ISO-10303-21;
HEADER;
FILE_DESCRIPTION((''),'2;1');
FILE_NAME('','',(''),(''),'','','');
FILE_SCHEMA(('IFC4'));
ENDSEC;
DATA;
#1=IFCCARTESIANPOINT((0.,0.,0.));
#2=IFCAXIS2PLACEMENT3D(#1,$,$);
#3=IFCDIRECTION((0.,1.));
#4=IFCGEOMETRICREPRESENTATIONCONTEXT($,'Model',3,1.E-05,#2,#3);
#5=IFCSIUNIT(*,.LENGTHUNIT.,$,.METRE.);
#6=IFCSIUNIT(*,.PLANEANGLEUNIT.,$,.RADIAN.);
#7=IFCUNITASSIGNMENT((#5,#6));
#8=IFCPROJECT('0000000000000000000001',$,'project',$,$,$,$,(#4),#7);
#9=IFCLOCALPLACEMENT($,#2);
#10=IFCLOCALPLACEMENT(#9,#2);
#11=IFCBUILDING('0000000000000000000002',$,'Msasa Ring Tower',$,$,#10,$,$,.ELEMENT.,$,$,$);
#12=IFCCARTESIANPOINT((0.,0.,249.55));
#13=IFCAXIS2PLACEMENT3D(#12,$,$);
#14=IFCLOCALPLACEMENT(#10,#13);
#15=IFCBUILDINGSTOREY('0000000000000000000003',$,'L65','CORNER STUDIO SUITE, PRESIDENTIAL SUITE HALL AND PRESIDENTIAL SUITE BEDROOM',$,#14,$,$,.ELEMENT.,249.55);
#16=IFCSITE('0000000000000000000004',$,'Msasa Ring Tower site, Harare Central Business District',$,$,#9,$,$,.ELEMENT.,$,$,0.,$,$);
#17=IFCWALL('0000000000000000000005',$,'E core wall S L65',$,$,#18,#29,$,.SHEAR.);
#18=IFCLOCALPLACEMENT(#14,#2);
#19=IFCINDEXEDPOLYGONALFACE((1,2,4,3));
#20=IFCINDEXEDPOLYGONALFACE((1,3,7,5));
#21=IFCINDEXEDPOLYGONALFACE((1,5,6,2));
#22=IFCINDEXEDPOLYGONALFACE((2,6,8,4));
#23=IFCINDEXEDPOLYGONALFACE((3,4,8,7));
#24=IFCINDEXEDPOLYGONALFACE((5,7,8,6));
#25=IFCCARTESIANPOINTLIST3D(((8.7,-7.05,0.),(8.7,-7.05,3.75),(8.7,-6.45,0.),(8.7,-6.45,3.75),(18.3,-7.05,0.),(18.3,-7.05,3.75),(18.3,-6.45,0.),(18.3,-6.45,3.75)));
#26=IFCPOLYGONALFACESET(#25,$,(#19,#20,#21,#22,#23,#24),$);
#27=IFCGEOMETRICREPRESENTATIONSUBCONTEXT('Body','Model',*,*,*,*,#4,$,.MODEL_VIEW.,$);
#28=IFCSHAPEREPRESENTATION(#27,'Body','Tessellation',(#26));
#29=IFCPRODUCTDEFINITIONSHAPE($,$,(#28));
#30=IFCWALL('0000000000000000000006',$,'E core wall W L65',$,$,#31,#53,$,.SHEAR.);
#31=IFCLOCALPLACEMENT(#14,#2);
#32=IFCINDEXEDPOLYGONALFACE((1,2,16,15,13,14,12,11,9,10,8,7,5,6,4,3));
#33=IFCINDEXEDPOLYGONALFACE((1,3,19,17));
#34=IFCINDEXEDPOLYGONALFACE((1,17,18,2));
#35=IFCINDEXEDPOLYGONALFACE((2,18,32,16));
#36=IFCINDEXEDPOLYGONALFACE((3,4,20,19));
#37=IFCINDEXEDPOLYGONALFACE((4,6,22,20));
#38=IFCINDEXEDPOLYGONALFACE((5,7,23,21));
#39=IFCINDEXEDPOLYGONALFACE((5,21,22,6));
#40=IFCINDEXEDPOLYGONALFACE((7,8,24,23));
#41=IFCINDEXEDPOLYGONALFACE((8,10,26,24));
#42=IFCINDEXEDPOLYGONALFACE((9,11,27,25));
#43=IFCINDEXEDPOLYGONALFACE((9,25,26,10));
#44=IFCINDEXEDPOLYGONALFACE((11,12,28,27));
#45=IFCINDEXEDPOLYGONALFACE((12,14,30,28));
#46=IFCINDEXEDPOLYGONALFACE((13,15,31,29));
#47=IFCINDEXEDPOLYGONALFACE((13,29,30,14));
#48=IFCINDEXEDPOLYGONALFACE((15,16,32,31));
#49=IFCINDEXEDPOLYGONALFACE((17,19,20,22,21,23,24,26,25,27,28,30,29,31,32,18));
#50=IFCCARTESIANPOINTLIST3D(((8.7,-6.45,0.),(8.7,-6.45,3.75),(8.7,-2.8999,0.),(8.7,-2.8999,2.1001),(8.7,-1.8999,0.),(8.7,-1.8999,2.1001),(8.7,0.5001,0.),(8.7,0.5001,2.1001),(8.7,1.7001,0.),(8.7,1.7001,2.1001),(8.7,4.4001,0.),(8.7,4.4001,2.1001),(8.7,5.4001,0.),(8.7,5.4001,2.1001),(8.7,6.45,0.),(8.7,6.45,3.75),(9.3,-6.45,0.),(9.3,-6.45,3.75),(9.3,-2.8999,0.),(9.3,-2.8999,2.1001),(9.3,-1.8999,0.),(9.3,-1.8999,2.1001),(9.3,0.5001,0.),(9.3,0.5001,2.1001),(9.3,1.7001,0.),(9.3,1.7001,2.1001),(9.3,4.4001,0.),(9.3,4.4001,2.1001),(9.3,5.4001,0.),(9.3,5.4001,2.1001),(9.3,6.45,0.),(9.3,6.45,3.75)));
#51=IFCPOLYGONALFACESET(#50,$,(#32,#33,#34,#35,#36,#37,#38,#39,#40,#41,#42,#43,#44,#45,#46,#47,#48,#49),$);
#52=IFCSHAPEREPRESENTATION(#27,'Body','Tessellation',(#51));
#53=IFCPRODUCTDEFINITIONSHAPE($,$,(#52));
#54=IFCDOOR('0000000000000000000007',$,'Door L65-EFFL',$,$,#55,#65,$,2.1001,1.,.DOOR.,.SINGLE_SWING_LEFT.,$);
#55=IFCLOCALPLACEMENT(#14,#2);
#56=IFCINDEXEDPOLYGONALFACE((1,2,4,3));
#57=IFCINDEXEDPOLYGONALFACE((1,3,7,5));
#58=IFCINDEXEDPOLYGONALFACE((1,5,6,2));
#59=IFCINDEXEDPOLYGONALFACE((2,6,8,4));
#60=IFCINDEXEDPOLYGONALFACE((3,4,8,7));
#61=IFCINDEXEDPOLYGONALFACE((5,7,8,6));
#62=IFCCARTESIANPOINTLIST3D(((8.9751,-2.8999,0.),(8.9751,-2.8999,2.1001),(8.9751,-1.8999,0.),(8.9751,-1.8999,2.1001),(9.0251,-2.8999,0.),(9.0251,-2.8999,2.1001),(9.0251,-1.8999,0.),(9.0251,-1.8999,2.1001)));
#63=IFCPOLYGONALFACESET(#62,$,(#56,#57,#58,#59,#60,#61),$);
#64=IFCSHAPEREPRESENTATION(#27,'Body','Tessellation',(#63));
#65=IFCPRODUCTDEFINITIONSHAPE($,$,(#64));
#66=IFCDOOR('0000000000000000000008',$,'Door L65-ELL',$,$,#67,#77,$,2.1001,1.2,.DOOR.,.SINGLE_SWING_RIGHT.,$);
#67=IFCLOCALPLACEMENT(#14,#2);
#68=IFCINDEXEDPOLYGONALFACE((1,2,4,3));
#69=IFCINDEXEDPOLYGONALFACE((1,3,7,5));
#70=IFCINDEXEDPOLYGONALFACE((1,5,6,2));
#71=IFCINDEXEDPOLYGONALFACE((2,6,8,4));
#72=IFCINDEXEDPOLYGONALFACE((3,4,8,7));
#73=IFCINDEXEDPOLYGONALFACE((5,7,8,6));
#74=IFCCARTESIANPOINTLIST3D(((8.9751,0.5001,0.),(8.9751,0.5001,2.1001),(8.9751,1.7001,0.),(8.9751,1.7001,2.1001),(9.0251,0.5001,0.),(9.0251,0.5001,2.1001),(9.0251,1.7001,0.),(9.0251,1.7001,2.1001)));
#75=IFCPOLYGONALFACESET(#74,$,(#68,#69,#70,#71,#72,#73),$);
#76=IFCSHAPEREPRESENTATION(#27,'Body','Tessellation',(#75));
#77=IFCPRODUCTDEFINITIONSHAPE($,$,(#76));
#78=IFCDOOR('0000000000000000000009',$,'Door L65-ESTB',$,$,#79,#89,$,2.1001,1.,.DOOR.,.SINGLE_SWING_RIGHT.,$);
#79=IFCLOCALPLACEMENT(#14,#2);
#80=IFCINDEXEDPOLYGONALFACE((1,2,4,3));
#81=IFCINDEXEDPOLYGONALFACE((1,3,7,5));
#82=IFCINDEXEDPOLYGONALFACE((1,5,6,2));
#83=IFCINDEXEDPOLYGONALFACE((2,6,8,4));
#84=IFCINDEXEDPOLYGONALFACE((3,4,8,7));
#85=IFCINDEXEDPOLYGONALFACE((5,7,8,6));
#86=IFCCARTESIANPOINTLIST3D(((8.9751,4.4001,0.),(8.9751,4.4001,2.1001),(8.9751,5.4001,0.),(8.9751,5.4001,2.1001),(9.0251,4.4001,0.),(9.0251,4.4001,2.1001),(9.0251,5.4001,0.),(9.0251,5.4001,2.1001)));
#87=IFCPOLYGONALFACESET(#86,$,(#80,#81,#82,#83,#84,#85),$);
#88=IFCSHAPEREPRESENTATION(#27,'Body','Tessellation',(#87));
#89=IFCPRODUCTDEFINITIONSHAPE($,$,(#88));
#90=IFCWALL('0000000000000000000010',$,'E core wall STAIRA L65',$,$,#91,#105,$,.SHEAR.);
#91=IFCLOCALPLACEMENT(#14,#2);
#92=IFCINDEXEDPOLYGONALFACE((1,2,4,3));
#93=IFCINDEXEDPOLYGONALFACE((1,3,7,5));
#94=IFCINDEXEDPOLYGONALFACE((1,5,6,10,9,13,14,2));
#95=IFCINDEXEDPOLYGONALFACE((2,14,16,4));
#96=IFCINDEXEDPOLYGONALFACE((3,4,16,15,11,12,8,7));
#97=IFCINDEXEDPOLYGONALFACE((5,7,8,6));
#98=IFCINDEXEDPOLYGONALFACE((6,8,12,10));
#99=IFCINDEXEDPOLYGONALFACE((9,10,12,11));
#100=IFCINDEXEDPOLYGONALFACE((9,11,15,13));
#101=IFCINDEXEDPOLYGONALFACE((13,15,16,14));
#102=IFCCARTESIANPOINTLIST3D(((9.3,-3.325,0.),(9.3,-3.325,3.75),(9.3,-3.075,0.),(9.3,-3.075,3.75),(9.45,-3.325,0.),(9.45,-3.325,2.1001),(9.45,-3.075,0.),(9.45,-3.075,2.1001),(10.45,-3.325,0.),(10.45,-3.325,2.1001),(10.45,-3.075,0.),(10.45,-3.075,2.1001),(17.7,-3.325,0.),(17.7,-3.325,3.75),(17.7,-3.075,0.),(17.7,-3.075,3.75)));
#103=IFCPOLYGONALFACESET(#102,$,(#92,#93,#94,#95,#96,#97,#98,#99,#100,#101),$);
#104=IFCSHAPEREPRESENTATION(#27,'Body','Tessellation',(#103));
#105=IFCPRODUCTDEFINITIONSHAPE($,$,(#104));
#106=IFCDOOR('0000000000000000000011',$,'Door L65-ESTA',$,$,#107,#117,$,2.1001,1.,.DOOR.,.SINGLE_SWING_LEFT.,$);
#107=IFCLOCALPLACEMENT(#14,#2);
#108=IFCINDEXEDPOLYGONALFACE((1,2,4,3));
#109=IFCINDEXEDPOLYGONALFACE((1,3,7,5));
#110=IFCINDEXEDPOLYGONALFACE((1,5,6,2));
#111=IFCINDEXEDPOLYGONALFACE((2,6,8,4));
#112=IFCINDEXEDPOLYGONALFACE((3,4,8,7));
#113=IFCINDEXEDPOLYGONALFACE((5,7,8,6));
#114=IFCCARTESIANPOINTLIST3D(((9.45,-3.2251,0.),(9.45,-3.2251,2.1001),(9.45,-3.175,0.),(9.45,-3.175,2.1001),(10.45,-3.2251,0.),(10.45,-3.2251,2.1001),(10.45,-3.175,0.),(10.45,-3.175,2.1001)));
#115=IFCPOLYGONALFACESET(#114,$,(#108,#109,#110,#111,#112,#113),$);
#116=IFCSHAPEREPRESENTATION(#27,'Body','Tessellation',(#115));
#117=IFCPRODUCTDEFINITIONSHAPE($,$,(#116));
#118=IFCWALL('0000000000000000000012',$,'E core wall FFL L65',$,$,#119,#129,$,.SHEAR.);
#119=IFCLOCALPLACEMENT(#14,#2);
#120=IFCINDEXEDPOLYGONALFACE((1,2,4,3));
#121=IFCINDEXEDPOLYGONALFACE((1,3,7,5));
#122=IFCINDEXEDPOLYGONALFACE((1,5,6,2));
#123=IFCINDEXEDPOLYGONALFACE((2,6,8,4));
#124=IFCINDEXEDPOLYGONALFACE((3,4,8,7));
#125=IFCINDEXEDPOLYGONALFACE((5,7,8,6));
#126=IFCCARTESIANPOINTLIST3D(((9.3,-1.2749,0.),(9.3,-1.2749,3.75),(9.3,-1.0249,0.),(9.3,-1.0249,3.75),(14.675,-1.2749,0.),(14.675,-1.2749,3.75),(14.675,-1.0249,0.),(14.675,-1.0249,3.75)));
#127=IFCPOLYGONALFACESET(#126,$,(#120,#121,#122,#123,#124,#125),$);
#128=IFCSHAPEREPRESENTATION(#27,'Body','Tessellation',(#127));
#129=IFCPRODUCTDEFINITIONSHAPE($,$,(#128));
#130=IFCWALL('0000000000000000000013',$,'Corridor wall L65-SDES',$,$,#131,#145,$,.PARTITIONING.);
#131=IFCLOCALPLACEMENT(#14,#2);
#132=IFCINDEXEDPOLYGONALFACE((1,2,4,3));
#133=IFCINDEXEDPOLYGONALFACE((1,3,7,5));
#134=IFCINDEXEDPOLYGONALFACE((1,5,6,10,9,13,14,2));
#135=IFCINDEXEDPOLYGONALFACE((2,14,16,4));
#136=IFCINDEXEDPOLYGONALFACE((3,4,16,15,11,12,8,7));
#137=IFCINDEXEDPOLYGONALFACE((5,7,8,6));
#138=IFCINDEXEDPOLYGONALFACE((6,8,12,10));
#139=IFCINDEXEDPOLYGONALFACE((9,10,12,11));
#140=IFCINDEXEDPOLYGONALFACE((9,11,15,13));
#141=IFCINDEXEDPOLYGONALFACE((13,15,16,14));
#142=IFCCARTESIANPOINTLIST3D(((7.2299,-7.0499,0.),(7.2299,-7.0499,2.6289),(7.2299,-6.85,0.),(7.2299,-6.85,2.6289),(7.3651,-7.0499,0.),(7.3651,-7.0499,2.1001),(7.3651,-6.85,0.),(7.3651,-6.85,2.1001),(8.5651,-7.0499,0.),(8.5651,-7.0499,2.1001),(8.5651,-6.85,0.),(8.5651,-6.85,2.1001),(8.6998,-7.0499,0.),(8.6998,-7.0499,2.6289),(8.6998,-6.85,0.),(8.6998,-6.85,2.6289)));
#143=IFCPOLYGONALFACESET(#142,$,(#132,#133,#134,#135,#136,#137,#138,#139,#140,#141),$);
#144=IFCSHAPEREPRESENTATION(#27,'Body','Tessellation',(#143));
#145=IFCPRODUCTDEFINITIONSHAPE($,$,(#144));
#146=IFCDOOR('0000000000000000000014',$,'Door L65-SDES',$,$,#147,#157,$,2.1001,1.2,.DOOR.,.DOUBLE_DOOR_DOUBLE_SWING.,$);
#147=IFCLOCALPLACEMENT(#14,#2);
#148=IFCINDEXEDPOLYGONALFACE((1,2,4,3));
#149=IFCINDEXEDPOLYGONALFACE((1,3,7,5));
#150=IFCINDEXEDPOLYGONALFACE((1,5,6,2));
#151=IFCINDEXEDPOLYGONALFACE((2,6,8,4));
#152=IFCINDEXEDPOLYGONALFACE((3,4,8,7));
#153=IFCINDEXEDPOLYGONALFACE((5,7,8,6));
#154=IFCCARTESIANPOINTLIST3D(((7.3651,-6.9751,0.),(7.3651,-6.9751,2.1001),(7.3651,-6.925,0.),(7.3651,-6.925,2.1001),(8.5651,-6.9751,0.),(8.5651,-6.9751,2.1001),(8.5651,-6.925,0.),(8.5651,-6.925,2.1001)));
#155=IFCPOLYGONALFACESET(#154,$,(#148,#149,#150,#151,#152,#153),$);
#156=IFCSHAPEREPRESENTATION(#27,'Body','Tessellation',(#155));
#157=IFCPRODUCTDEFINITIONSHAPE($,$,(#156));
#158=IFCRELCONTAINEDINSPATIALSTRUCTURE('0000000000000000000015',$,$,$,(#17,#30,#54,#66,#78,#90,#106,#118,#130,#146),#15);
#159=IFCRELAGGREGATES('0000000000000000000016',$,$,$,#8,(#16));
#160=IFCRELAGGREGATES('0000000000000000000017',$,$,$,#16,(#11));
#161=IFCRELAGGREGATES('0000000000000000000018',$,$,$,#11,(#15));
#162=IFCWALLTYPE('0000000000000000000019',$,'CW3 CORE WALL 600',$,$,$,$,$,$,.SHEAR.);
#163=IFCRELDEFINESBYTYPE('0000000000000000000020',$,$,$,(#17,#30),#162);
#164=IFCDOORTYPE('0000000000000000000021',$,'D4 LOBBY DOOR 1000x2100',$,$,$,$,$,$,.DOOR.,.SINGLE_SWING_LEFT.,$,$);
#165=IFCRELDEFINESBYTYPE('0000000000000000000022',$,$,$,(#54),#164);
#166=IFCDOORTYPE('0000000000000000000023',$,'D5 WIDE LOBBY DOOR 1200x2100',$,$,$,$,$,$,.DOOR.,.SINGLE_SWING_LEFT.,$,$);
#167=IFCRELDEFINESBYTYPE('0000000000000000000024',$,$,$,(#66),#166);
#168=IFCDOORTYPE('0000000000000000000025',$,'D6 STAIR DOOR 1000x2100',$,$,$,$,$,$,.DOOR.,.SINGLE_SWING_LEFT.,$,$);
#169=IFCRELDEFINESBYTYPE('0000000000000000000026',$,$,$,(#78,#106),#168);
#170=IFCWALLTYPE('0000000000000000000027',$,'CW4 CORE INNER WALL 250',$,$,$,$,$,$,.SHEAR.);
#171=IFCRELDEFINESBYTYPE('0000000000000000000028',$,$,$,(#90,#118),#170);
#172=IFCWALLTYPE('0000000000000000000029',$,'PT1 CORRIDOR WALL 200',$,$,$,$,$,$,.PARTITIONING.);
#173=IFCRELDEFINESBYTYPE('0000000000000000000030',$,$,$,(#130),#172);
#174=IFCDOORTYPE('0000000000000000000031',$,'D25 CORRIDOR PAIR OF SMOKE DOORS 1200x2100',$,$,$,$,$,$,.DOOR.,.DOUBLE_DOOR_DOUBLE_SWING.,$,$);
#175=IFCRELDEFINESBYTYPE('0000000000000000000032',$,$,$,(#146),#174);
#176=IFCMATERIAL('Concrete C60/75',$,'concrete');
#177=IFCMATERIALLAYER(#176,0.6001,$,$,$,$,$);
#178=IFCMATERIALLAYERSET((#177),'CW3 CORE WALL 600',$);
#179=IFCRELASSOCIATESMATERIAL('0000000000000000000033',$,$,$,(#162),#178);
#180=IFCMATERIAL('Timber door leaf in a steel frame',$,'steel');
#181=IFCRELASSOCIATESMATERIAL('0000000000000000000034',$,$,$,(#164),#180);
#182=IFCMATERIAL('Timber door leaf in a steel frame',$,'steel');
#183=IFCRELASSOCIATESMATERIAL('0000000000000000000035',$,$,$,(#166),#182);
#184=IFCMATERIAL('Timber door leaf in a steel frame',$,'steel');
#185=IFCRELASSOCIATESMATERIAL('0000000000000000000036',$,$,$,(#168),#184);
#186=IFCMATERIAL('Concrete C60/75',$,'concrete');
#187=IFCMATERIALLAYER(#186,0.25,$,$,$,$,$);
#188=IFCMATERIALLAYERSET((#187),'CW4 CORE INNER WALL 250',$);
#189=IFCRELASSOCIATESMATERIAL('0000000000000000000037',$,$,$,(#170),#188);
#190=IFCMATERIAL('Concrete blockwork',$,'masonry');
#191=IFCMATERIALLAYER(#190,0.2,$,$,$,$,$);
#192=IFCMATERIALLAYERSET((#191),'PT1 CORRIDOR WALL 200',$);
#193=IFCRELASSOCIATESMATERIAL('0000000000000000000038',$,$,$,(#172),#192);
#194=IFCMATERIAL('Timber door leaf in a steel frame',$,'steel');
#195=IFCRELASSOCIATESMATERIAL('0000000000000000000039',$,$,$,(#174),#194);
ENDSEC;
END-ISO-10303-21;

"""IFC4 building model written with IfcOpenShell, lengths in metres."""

from ifc_helpers import new_model, si_unit, direction, frame, frame_2d, origin, place, context, subcontext, project, spatial, rectangle, extrude, material, layer, layer_set, type_object, element, fill, save


model = new_model("IFC4")

# Units and contexts
model_context = context("Model", 3, precision=1e-05, world=origin(), true_north=direction((0.0, 1.0)))
body_context = subcontext(model_context, "Body", "Model", "MODEL_VIEW")
ifc_project = project(units=[si_unit("LENGTHUNIT", "METRE"), si_unit("PLANEANGLEUNIT", "RADIAN")], contexts=[model_context])

# Site, building, storey
site_placement = place(None, origin())
site = spatial("IfcSite", under=ifc_project, at=site_placement, Name="Msasa Ring Tower site, Harare Central Business District", CompositionType="ELEMENT", RefElevation=0.0)
building_placement = place(site_placement, origin())
building = spatial("IfcBuilding", under=site, at=building_placement, Name="Msasa Ring Tower", CompositionType="ELEMENT")
storey_placement = place(building_placement, frame((0.0, 0.0, 249.55)))
storey = spatial("IfcBuildingStorey", under=building, at=storey_placement, Name="L65", Description="CORNER STUDIO SUITE, PRESIDENTIAL SUITE HALL AND PRESIDENTIAL SUITE BEDROOM", CompositionType="ELEMENT", Elevation=249.55)

# Wall
ifc_material_1 = material(Name="Concrete C60/75", Category="concrete")
ifc_layer_1 = layer(ifc_material_1, 0.6001)
ifc_layer_set_1 = layer_set([ifc_layer_1], Name="CW3 CORE WALL 600")
wall_type_1 = type_object("IfcWallType", Name="CW3 CORE WALL 600", PredefinedType="SHEAR", material=ifc_layer_set_1)
wall_1_placement = place(storey_placement, frame((8.7, -6.75, 0.0), z_axis=(0.0, 0.0, 1.0), x_axis=(1.0, 0.0, 0.0)))
element("IfcWall", 1, at=wall_1_placement, inside=storey, type_object=wall_type_1, Name="E core wall S L65", PredefinedType="SHEAR", context=body_context, shape_type="SweptSolid", body=[
    extrude(rectangle(XDim=9.6001, YDim=0.6001, at=frame_2d((4.8, 0.0))), origin(), (0.0, 0.0, 1.0), 3.75),
])

# Wall, openings, doors
wall_2_placement = place(storey_placement, frame((9.0, -6.45, 0.0), z_axis=(0.0, 0.0, 1.0), x_axis=(0.0, 1.0, 0.0)))
wall_2 = element("IfcWall", 2, at=wall_2_placement, inside=storey, type_object=wall_type_1, Name="E core wall W L65", PredefinedType="SHEAR", context=body_context, shape_type="SweptSolid", body=[
    extrude(rectangle(XDim=12.8999, YDim=0.6001, at=frame_2d((6.45, 0.0))), origin(), (0.0, 0.0, 1.0), 3.75),
])
opening_1_placement = place(wall_2_placement, frame((3.55, 0.0, 0.0)))
opening_1 = element("IfcOpeningElement", 3, at=opening_1_placement, cuts=wall_2, PredefinedType="OPENING", context=body_context, shape_type="SweptSolid", body=[
    extrude(rectangle(XDim=1.0, YDim=2.1001, at=frame_2d((0.5, 1.05))), frame((0.0, 0.3101, 0.0), z_axis=(0.0, -1.0, 0.0), x_axis=(1.0, 0.0, 0.0)), (0.0, 0.0, 1.0), 0.6201),
])
opening_2_placement = place(wall_2_placement, frame((6.95, 0.0, 0.0)))
opening_2 = element("IfcOpeningElement", 4, at=opening_2_placement, cuts=wall_2, PredefinedType="OPENING", context=body_context, shape_type="SweptSolid", body=[
    extrude(rectangle(XDim=1.2, YDim=2.1001, at=frame_2d((0.6001, 1.05))), frame((0.0, 0.3101, 0.0), z_axis=(0.0, -1.0, 0.0), x_axis=(1.0, 0.0, 0.0)), (0.0, 0.0, 1.0), 0.6201),
])
opening_3_placement = place(wall_2_placement, frame((10.8501, 0.0, 0.0)))
opening_3 = element("IfcOpeningElement", 5, at=opening_3_placement, cuts=wall_2, PredefinedType="OPENING", context=body_context, shape_type="SweptSolid", body=[
    extrude(rectangle(XDim=1.0, YDim=2.1001, at=frame_2d((0.5, 1.05))), frame((0.0, 0.3101, 0.0), z_axis=(0.0, -1.0, 0.0), x_axis=(1.0, 0.0, 0.0)), (0.0, 0.0, 1.0), 0.6201),
])
ifc_material_2 = material(Name="Timber door leaf in a steel frame", Category="steel")
door_type_1 = type_object("IfcDoorType", Name="D4 LOBBY DOOR 1000x2100", OperationType="SINGLE_SWING_LEFT", PredefinedType="DOOR", material=ifc_material_2)
door_1_placement = place(opening_1_placement, origin())
door_1 = element("IfcDoor", 6, at=door_1_placement, inside=storey, type_object=door_type_1, Name="Door L65-EFFL", OperationType="SINGLE_SWING_LEFT", OverallHeight=2.1001, OverallWidth=1.0, PredefinedType="DOOR", context=body_context, shape_type="SweptSolid", body=[
    extrude(rectangle(XDim=1.0, YDim=2.1001, at=frame_2d((0.5, 1.05))), frame((0.0, 0.0249, 0.0), z_axis=(0.0, -1.0, 0.0), x_axis=(1.0, 0.0, 0.0)), (0.0, 0.0, 1.0), 0.05),
])
fill(opening_1, door_1)
ifc_material_3 = material(Name="Timber door leaf in a steel frame", Category="steel")
door_type_2 = type_object("IfcDoorType", Name="D5 WIDE LOBBY DOOR 1200x2100", OperationType="SINGLE_SWING_LEFT", PredefinedType="DOOR", material=ifc_material_3)
door_2_placement = place(opening_2_placement, origin())
door_2 = element("IfcDoor", 7, at=door_2_placement, inside=storey, type_object=door_type_2, Name="Door L65-ELL", OperationType="SINGLE_SWING_RIGHT", OverallHeight=2.1001, OverallWidth=1.2, PredefinedType="DOOR", context=body_context, shape_type="SweptSolid", body=[
    extrude(rectangle(XDim=1.2, YDim=2.1001, at=frame_2d((0.6001, 1.05))), frame((0.0, 0.0249, 0.0), z_axis=(0.0, -1.0, 0.0), x_axis=(1.0, 0.0, 0.0)), (0.0, 0.0, 1.0), 0.05),
])
fill(opening_2, door_2)
ifc_material_4 = material(Name="Timber door leaf in a steel frame", Category="steel")
door_type_3 = type_object("IfcDoorType", Name="D6 STAIR DOOR 1000x2100", OperationType="SINGLE_SWING_LEFT", PredefinedType="DOOR", material=ifc_material_4)
door_3_placement = place(opening_3_placement, origin())
door_3 = element("IfcDoor", 8, at=door_3_placement, inside=storey, type_object=door_type_3, Name="Door L65-ESTB", OperationType="SINGLE_SWING_RIGHT", OverallHeight=2.1001, OverallWidth=1.0, PredefinedType="DOOR", context=body_context, shape_type="SweptSolid", body=[
    extrude(rectangle(XDim=1.0, YDim=2.1001, at=frame_2d((0.5, 1.05))), frame((0.0, 0.0249, 0.0), z_axis=(0.0, -1.0, 0.0), x_axis=(1.0, 0.0, 0.0)), (0.0, 0.0, 1.0), 0.05),
])
fill(opening_3, door_3)

# Wall, opening, door
ifc_material_5 = material(Name="Concrete C60/75", Category="concrete")
ifc_layer_2 = layer(ifc_material_5, 0.25)
ifc_layer_set_2 = layer_set([ifc_layer_2], Name="CW4 CORE INNER WALL 250")
wall_type_2 = type_object("IfcWallType", Name="CW4 CORE INNER WALL 250", PredefinedType="SHEAR", material=ifc_layer_set_2)
wall_3_placement = place(storey_placement, frame((9.3, -3.2, 0.0), z_axis=(0.0, 0.0, 1.0), x_axis=(1.0, 0.0, 0.0)))
wall_3 = element("IfcWall", 9, at=wall_3_placement, inside=storey, type_object=wall_type_2, Name="E core wall STAIRA L65", PredefinedType="SHEAR", context=body_context, shape_type="SweptSolid", body=[
    extrude(rectangle(XDim=8.3999, YDim=0.25, at=frame_2d((4.2, 0.0))), origin(), (0.0, 0.0, 1.0), 3.75),
])
opening_4_placement = place(wall_3_placement, frame((0.1499, 0.0, 0.0)))
opening_4 = element("IfcOpeningElement", 10, at=opening_4_placement, cuts=wall_3, PredefinedType="OPENING", context=body_context, shape_type="SweptSolid", body=[
    extrude(rectangle(XDim=1.0, YDim=2.1001, at=frame_2d((0.5, 1.05))), frame((0.0, 0.135, 0.0), z_axis=(0.0, -1.0, 0.0), x_axis=(1.0, 0.0, 0.0)), (0.0, 0.0, 1.0), 0.27),
])
door_4_placement = place(opening_4_placement, origin())
door_4 = element("IfcDoor", 11, at=door_4_placement, inside=storey, type_object=door_type_3, Name="Door L65-ESTA", OperationType="SINGLE_SWING_LEFT", OverallHeight=2.1001, OverallWidth=1.0, PredefinedType="DOOR", context=body_context, shape_type="SweptSolid", body=[
    extrude(rectangle(XDim=1.0, YDim=2.1001, at=frame_2d((0.5, 1.05))), frame((0.0, 0.0249, 0.0), z_axis=(0.0, -1.0, 0.0), x_axis=(1.0, 0.0, 0.0)), (0.0, 0.0, 1.0), 0.05),
])
fill(opening_4, door_4)

# Wall
wall_4_placement = place(storey_placement, frame((9.3, -1.1499, 0.0), z_axis=(0.0, 0.0, 1.0), x_axis=(1.0, 0.0, 0.0)))
element("IfcWall", 12, at=wall_4_placement, inside=storey, type_object=wall_type_2, Name="E core wall FFL L65", PredefinedType="SHEAR", context=body_context, shape_type="SweptSolid", body=[
    extrude(rectangle(XDim=5.375, YDim=0.25, at=frame_2d((2.6875, 0.0))), origin(), (0.0, 0.0, 1.0), 3.75),
])

# Wall, opening, door
ifc_material_6 = material(Name="Concrete blockwork", Category="masonry")
ifc_layer_3 = layer(ifc_material_6, 0.2)
ifc_layer_set_3 = layer_set([ifc_layer_3], Name="PT1 CORRIDOR WALL 200")
wall_type_3 = type_object("IfcWallType", Name="PT1 CORRIDOR WALL 200", PredefinedType="PARTITIONING", material=ifc_layer_set_3)
wall_5_placement = place(storey_placement, frame((7.23, -6.95, 0.0), z_axis=(0.0, 0.0, 1.0), x_axis=(1.0, 0.0, 0.0)))
wall_5 = element("IfcWall", 13, at=wall_5_placement, inside=storey, type_object=wall_type_3, Name="Corridor wall L65-SDES", PredefinedType="PARTITIONING", context=body_context, shape_type="SweptSolid", body=[
    extrude(rectangle(XDim=1.47, YDim=0.2, at=frame_2d((0.7349, 0.0))), origin(), (0.0, 0.0, 1.0), 2.6289),
])
opening_5_placement = place(wall_5_placement, frame((0.135, 0.0, 0.0)))
opening_5 = element("IfcOpeningElement", 14, at=opening_5_placement, cuts=wall_5, PredefinedType="OPENING", context=body_context, shape_type="SweptSolid", body=[
    extrude(rectangle(XDim=1.2, YDim=2.1001, at=frame_2d((0.6001, 1.05))), frame((0.0, 0.1099, 0.0), z_axis=(0.0, -1.0, 0.0), x_axis=(1.0, 0.0, 0.0)), (0.0, 0.0, 1.0), 0.22),
])
ifc_material_7 = material(Name="Timber door leaf in a steel frame", Category="steel")
door_type_4 = type_object("IfcDoorType", Name="D25 CORRIDOR PAIR OF SMOKE DOORS 1200x2100", OperationType="DOUBLE_DOOR_DOUBLE_SWING", PredefinedType="DOOR", material=ifc_material_7)
door_5_placement = place(opening_5_placement, origin())
door_5 = element("IfcDoor", 15, at=door_5_placement, inside=storey, type_object=door_type_4, Name="Door L65-SDES", OperationType="DOUBLE_DOOR_DOUBLE_SWING", OverallHeight=2.1001, OverallWidth=1.2, PredefinedType="DOOR", context=body_context, shape_type="SweptSolid", body=[
    extrude(rectangle(XDim=1.2, YDim=2.1001, at=frame_2d((0.6001, 1.05))), frame((0.0, 0.0249, 0.0), z_axis=(0.0, -1.0, 0.0), x_axis=(1.0, 0.0, 0.0)), (0.0, 0.0, 1.0), 0.05),
])
fill(opening_5, door_5)

save(model, "model.ifc")
